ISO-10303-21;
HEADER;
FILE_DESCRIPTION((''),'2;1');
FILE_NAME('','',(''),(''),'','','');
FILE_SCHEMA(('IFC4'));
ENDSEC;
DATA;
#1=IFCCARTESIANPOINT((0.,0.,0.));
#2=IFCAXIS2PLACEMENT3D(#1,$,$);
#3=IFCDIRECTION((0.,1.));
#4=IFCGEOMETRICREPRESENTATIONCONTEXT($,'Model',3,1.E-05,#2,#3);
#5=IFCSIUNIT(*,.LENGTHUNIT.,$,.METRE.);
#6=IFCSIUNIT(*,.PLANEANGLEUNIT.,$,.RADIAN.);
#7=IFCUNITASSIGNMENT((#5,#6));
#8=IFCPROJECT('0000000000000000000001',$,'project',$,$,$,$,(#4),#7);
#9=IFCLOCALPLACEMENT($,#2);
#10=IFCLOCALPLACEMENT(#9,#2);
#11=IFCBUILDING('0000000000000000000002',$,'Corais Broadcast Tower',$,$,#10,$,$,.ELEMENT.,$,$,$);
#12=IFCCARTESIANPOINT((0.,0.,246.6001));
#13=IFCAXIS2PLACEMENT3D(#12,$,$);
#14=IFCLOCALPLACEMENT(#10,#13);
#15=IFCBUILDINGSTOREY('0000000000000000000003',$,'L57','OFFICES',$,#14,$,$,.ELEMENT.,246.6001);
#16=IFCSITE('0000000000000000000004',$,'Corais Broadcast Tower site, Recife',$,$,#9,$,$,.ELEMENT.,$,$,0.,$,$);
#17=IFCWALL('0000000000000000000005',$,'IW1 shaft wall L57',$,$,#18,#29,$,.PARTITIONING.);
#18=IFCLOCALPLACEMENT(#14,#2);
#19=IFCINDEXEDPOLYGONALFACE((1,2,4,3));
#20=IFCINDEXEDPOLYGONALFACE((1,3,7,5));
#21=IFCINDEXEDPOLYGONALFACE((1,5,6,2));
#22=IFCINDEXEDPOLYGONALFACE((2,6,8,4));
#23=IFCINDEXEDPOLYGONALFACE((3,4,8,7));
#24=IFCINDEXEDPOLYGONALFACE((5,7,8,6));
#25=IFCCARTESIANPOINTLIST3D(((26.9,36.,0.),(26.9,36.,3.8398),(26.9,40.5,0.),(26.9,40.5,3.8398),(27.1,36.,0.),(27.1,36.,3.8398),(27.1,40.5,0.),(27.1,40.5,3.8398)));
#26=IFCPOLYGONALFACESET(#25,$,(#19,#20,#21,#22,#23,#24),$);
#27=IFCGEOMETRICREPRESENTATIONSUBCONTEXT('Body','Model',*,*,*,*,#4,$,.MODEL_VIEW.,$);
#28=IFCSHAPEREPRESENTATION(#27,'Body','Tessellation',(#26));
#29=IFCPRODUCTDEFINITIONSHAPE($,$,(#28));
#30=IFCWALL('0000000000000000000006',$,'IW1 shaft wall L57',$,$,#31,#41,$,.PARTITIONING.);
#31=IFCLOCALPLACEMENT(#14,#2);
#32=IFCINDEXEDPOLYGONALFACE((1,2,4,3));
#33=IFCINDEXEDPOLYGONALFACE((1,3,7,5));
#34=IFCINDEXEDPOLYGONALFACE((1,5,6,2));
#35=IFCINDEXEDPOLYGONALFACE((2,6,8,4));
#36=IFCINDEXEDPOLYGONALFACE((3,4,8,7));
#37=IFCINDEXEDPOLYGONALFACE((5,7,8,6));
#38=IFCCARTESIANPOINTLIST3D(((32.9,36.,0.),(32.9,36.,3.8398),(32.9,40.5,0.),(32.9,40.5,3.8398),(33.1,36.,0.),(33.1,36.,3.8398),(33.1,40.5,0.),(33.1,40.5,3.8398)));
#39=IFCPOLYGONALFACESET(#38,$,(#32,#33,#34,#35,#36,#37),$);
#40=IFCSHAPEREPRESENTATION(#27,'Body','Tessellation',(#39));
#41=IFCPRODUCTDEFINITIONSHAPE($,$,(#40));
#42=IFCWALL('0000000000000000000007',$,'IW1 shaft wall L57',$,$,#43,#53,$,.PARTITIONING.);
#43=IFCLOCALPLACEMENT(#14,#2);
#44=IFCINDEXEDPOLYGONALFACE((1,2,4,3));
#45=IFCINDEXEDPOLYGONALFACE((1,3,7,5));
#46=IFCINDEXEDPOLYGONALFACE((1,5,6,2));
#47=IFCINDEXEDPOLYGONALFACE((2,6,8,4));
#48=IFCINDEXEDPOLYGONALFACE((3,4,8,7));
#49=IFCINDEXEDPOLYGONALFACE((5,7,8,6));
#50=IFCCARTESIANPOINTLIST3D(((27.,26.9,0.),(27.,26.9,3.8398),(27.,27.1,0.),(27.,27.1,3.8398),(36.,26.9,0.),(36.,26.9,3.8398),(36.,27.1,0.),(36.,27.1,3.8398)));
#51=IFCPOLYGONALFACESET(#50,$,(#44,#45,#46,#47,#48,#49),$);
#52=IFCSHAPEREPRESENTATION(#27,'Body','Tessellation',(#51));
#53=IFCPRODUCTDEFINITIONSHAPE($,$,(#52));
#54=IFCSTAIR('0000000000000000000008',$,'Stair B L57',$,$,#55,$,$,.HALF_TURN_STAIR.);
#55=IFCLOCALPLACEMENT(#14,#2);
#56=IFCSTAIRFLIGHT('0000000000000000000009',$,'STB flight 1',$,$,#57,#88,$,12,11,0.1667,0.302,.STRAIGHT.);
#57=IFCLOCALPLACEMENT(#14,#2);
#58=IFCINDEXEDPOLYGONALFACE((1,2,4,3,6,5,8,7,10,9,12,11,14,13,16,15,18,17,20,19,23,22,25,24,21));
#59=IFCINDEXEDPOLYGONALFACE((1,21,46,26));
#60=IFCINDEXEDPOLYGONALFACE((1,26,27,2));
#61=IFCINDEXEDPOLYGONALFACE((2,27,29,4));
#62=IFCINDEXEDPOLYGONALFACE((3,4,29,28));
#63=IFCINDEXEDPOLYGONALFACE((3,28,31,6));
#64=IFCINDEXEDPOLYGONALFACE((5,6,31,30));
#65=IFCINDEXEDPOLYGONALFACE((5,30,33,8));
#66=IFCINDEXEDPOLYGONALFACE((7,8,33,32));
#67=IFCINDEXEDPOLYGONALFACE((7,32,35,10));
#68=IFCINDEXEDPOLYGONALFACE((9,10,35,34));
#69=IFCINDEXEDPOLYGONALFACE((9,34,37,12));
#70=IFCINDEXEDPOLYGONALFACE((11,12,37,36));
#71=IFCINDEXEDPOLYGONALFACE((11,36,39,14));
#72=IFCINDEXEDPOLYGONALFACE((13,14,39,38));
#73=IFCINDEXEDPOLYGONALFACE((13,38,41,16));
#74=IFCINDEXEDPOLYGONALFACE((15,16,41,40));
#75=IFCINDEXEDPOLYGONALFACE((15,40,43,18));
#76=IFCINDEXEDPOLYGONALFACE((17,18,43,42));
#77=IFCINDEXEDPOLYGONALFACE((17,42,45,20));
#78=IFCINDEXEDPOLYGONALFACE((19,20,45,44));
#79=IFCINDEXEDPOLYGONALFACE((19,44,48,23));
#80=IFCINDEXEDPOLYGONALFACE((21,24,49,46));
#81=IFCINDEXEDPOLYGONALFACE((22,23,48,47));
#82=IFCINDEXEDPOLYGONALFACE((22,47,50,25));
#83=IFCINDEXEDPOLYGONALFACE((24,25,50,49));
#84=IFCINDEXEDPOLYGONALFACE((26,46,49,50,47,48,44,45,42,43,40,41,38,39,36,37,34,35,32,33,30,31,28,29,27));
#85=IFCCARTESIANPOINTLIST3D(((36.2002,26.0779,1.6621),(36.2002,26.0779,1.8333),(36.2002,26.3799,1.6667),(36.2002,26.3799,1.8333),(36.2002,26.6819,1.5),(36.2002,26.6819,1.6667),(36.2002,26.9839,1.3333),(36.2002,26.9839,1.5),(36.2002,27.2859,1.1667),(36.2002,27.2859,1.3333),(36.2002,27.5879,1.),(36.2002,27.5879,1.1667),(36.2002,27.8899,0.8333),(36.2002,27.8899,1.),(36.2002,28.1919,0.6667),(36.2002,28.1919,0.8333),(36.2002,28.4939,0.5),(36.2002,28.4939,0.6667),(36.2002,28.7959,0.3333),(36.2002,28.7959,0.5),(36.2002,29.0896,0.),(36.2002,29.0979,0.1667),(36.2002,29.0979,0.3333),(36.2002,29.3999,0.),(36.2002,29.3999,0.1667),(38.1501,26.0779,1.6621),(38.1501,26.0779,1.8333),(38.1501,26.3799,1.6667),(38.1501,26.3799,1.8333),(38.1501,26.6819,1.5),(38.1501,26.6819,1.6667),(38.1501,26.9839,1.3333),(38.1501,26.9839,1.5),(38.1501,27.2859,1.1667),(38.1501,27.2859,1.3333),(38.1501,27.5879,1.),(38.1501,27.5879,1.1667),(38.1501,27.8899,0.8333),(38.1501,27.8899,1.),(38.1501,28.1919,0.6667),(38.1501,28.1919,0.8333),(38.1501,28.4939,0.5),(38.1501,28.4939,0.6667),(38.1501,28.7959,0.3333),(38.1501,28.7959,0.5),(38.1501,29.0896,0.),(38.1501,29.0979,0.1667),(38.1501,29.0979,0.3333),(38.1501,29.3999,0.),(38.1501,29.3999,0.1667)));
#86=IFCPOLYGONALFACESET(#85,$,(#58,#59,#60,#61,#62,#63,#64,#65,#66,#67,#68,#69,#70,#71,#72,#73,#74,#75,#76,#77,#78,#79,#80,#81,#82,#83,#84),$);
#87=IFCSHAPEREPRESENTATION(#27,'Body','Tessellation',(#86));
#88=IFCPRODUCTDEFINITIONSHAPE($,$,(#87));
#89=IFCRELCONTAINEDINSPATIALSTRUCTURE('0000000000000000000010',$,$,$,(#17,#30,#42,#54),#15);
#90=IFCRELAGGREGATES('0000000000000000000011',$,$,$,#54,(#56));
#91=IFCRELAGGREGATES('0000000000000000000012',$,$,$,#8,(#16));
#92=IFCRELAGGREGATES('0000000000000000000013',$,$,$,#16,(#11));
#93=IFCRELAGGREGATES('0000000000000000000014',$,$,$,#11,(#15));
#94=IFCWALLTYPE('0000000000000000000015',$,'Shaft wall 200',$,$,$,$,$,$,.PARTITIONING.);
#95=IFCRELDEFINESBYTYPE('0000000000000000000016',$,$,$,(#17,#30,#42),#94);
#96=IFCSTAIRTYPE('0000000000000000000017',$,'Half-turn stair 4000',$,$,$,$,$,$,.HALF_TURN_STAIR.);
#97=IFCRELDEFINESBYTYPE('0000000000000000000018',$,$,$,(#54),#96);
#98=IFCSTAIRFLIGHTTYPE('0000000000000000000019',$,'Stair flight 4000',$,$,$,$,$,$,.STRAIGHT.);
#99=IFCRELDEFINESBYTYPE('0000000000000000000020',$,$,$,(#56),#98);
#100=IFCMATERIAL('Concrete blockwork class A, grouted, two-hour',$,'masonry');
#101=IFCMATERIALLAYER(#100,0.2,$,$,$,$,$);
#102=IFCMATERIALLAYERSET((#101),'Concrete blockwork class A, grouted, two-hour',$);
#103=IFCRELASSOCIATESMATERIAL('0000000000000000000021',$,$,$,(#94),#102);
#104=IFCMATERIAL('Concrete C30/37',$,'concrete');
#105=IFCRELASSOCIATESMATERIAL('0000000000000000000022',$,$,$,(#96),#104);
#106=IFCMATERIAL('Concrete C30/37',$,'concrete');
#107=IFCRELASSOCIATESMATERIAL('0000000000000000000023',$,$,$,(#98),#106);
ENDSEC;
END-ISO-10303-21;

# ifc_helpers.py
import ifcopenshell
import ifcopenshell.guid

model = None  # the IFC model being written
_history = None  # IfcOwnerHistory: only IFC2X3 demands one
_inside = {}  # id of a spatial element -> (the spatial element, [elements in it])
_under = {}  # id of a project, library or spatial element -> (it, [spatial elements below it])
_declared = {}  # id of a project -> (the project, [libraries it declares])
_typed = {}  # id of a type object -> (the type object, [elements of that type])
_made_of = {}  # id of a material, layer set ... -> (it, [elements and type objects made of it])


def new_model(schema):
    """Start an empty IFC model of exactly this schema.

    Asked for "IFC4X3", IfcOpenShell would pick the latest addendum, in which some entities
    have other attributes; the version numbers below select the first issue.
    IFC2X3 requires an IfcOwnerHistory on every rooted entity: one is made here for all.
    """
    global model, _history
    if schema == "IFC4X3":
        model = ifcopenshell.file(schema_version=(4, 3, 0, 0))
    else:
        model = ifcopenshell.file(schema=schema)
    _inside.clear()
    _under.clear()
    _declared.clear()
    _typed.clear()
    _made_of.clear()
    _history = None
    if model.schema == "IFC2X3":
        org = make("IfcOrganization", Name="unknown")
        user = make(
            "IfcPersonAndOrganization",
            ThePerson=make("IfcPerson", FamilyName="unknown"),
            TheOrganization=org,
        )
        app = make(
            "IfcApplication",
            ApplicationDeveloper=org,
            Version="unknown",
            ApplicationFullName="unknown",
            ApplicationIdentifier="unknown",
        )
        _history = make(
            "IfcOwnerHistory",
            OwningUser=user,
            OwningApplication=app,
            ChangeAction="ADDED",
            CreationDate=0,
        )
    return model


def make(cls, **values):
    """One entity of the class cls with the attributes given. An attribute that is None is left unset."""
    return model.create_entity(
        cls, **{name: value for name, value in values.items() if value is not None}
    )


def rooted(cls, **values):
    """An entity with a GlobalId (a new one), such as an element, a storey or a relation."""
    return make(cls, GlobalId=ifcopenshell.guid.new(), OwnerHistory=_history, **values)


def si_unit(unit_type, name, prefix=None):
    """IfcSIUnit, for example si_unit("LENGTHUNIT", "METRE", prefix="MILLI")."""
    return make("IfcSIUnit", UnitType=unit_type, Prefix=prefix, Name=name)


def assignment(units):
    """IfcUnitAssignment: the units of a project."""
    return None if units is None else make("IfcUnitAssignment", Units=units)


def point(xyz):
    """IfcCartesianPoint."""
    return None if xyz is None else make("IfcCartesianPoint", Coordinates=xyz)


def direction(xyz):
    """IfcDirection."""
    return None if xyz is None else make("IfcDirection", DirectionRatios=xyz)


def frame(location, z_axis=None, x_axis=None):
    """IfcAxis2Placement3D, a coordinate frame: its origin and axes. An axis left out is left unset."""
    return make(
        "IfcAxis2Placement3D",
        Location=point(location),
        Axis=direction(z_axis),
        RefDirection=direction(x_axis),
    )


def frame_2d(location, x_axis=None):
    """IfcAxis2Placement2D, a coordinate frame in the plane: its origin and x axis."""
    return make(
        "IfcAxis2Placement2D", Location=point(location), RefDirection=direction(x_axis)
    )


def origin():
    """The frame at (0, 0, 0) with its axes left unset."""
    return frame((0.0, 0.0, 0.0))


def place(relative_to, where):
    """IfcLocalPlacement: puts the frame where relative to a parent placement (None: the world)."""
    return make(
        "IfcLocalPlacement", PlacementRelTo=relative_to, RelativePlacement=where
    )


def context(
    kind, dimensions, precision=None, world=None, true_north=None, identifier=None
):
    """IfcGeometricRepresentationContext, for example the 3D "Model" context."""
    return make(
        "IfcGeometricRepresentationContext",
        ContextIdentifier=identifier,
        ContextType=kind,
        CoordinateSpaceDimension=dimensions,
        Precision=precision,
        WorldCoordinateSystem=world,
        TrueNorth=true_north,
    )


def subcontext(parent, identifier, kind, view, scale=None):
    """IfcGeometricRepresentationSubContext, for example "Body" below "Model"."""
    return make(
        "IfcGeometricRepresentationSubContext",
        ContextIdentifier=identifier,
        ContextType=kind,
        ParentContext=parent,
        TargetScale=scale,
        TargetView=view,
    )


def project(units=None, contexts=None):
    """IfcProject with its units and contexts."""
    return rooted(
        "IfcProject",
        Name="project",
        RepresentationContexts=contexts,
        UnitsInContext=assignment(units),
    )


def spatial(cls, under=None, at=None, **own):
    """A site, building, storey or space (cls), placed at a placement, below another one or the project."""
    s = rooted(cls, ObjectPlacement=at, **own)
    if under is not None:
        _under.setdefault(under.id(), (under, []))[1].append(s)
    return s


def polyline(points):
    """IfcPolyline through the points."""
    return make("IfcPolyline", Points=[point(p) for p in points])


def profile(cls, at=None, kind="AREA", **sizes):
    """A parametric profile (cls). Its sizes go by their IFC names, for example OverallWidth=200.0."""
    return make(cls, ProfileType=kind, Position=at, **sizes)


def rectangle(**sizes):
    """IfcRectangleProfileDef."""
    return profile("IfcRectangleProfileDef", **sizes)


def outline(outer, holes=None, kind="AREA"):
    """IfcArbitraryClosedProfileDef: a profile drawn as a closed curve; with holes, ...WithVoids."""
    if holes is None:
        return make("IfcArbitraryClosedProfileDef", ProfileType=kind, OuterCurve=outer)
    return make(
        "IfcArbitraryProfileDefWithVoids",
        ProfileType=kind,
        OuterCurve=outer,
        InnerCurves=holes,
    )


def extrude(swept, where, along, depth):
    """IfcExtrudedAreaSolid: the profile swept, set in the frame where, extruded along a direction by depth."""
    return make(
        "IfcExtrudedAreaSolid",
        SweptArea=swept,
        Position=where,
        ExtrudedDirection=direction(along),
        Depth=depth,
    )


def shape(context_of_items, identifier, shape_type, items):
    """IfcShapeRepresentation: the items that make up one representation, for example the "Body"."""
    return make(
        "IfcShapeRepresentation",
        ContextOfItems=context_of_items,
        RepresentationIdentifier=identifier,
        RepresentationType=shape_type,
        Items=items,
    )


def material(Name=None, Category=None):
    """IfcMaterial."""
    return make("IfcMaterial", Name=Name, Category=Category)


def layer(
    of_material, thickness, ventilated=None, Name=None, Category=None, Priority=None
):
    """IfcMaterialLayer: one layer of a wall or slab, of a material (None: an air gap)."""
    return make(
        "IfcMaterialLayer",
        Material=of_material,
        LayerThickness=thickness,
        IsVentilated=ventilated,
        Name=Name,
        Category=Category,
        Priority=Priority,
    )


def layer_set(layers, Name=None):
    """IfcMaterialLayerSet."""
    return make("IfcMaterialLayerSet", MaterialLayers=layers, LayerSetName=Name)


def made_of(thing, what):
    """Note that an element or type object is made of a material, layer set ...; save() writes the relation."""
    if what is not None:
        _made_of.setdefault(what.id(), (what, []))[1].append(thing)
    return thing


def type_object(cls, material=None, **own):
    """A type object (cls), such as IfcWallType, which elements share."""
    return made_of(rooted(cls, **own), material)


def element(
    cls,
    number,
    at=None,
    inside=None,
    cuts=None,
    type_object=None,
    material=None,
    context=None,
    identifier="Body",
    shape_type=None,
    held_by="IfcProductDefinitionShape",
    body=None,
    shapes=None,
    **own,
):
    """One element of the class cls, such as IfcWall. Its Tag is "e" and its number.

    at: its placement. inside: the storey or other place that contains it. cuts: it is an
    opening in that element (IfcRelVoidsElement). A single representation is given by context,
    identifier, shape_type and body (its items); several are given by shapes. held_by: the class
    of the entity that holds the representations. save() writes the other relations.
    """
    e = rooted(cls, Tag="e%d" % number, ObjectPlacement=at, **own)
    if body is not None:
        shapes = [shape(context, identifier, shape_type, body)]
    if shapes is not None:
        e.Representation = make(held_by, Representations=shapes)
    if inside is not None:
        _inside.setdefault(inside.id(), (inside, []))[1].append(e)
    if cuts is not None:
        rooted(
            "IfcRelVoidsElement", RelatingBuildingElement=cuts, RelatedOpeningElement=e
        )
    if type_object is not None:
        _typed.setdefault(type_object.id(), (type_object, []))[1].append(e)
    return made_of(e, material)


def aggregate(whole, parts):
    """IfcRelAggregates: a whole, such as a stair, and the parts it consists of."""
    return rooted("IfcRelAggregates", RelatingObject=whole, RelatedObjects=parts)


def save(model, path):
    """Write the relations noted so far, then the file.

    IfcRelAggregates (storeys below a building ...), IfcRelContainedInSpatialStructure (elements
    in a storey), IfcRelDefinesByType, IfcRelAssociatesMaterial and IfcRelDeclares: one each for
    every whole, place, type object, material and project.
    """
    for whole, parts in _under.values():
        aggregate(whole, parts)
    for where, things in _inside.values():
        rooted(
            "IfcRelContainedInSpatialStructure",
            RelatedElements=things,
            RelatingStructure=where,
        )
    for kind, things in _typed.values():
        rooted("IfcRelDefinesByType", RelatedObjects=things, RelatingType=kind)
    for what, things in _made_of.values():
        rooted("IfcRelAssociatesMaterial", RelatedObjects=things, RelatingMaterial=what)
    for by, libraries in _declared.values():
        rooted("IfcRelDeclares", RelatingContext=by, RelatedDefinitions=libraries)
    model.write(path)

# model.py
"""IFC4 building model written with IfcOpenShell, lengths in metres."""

from ifc_helpers import new_model, si_unit, direction, frame, frame_2d, origin, place, context, subcontext, project, spatial, polyline, rectangle, outline, extrude, material, layer, layer_set, type_object, element, aggregate, save


model = new_model("IFC4")

# Units and contexts
model_context = context("Model", 3, precision=1e-05, world=origin(), true_north=direction((0.0, 1.0)))
body_context = subcontext(model_context, "Body", "Model", "MODEL_VIEW")
ifc_project = project(units=[si_unit("LENGTHUNIT", "METRE"), si_unit("PLANEANGLEUNIT", "RADIAN")], contexts=[model_context])

# Site, building, storey
site_placement = place(None, origin())
site = spatial("IfcSite", under=ifc_project, at=site_placement, Name="Corais Broadcast Tower site, Recife", CompositionType="ELEMENT", RefElevation=0.0)
building_placement = place(site_placement, origin())
building = spatial("IfcBuilding", under=site, at=building_placement, Name="Corais Broadcast Tower", CompositionType="ELEMENT")
storey_placement = place(building_placement, frame((0.0, 0.0, 246.6001)))
storey = spatial("IfcBuildingStorey", under=building, at=storey_placement, Name="L57", Description="OFFICES", CompositionType="ELEMENT", Elevation=246.6001)

# Walls
ifc_material_1 = material(Name="Concrete blockwork class A, grouted, two-hour", Category="masonry")
ifc_layer_1 = layer(ifc_material_1, 0.2)
ifc_layer_set_1 = layer_set([ifc_layer_1], Name="Concrete blockwork class A, grouted, two-hour")
wall_type_1 = type_object("IfcWallType", Name="Shaft wall 200", PredefinedType="PARTITIONING", material=ifc_layer_set_1)
for number, where, z_axis, x_axis, name in (
    (1, (27.0, 36.0, 0.0), (0.0, 0.0, 1.0), (0.0, 1.0, 0.0), "IW1 shaft wall L57"),
    (2, (33.0, 36.0, 0.0), (0.0, 0.0, 1.0), (0.0, 1.0, 0.0), "IW1 shaft wall L57"),
):
    element("IfcWall", number, at=place(storey_placement, frame(where, z_axis=z_axis, x_axis=x_axis)), inside=storey, type_object=wall_type_1, Name=name, PredefinedType="PARTITIONING", context=body_context, shape_type="SweptSolid", body=[
        extrude(rectangle(XDim=4.5, YDim=0.2, at=frame_2d((2.25, 0.0))), origin(), (0.0, 0.0, 1.0), 3.8398),
    ])
wall_1_placement = place(storey_placement, frame((27.0, 27.0, 0.0), z_axis=(0.0, 0.0, 1.0), x_axis=(1.0, 0.0, 0.0)))
element("IfcWall", 3, at=wall_1_placement, inside=storey, type_object=wall_type_1, Name="IW1 shaft wall L57", PredefinedType="PARTITIONING", context=body_context, shape_type="SweptSolid", body=[
    extrude(rectangle(XDim=9.0, YDim=0.2, at=frame_2d((4.5, 0.0))), origin(), (0.0, 0.0, 1.0), 3.8398),
])

# Stair, stair flight
ifc_material_2 = material(Name="Concrete C30/37", Category="concrete")
stair_type = type_object("IfcStairType", Name="Half-turn stair 4000", PredefinedType="HALF_TURN_STAIR", material=ifc_material_2)
stair_placement = place(storey_placement, origin())
stair = element("IfcStair", 4, at=stair_placement, inside=storey, type_object=stair_type, Name="Stair B L57", PredefinedType="HALF_TURN_STAIR")
ifc_material_3 = material(Name="Concrete C30/37", Category="concrete")
stair_flight_type = type_object("IfcStairFlightType", Name="Stair flight 4000", PredefinedType="STRAIGHT", material=ifc_material_3)
stair_flight_placement = place(storey_placement, frame((37.175, 29.3999, 0.0), z_axis=(0.0, 0.0, 1.0), x_axis=(0.0, -1.0, 0.0)))
stair_flight = element("IfcStairFlight", 5, at=stair_flight_placement, type_object=stair_flight_type, Name="STB flight 1", NumberOfRisers=12, NumberOfTreads=11, PredefinedType="STRAIGHT", RiserHeight=0.1667, TreadLength=0.302, context=body_context, shape_type="SweptSolid", body=[
    extrude(outline(polyline([(0.0, 0.0), (0.0, 0.1667), (0.302, 0.1667), (0.302, 0.3333), (0.604, 0.3333), (0.604, 0.5), (0.906, 0.5), (0.906, 0.6667), (1.208, 0.6667), (1.208, 0.8333), (1.51, 0.8333), (1.51, 1.0), (1.812, 1.0), (1.812, 1.1667), (2.114, 1.1667), (2.114, 1.3333), (2.416, 1.3333), (2.416, 1.5), (2.718, 1.5), (2.718, 1.6667), (3.02, 1.6667), (3.02, 1.8333), (3.322, 1.8333), (3.322, 2.0), (3.322, 1.6621), (0.3103, 0.0), (0.0, 0.0)])), frame((0.0, 0.9751, 0.0), z_axis=(0.0, -1.0, 0.0), x_axis=(1.0, 0.0, 0.0)), (0.0, 0.0, 1.0), 1.95),
])
aggregate(stair, [stair_flight])

save(model, "model.ifc")
